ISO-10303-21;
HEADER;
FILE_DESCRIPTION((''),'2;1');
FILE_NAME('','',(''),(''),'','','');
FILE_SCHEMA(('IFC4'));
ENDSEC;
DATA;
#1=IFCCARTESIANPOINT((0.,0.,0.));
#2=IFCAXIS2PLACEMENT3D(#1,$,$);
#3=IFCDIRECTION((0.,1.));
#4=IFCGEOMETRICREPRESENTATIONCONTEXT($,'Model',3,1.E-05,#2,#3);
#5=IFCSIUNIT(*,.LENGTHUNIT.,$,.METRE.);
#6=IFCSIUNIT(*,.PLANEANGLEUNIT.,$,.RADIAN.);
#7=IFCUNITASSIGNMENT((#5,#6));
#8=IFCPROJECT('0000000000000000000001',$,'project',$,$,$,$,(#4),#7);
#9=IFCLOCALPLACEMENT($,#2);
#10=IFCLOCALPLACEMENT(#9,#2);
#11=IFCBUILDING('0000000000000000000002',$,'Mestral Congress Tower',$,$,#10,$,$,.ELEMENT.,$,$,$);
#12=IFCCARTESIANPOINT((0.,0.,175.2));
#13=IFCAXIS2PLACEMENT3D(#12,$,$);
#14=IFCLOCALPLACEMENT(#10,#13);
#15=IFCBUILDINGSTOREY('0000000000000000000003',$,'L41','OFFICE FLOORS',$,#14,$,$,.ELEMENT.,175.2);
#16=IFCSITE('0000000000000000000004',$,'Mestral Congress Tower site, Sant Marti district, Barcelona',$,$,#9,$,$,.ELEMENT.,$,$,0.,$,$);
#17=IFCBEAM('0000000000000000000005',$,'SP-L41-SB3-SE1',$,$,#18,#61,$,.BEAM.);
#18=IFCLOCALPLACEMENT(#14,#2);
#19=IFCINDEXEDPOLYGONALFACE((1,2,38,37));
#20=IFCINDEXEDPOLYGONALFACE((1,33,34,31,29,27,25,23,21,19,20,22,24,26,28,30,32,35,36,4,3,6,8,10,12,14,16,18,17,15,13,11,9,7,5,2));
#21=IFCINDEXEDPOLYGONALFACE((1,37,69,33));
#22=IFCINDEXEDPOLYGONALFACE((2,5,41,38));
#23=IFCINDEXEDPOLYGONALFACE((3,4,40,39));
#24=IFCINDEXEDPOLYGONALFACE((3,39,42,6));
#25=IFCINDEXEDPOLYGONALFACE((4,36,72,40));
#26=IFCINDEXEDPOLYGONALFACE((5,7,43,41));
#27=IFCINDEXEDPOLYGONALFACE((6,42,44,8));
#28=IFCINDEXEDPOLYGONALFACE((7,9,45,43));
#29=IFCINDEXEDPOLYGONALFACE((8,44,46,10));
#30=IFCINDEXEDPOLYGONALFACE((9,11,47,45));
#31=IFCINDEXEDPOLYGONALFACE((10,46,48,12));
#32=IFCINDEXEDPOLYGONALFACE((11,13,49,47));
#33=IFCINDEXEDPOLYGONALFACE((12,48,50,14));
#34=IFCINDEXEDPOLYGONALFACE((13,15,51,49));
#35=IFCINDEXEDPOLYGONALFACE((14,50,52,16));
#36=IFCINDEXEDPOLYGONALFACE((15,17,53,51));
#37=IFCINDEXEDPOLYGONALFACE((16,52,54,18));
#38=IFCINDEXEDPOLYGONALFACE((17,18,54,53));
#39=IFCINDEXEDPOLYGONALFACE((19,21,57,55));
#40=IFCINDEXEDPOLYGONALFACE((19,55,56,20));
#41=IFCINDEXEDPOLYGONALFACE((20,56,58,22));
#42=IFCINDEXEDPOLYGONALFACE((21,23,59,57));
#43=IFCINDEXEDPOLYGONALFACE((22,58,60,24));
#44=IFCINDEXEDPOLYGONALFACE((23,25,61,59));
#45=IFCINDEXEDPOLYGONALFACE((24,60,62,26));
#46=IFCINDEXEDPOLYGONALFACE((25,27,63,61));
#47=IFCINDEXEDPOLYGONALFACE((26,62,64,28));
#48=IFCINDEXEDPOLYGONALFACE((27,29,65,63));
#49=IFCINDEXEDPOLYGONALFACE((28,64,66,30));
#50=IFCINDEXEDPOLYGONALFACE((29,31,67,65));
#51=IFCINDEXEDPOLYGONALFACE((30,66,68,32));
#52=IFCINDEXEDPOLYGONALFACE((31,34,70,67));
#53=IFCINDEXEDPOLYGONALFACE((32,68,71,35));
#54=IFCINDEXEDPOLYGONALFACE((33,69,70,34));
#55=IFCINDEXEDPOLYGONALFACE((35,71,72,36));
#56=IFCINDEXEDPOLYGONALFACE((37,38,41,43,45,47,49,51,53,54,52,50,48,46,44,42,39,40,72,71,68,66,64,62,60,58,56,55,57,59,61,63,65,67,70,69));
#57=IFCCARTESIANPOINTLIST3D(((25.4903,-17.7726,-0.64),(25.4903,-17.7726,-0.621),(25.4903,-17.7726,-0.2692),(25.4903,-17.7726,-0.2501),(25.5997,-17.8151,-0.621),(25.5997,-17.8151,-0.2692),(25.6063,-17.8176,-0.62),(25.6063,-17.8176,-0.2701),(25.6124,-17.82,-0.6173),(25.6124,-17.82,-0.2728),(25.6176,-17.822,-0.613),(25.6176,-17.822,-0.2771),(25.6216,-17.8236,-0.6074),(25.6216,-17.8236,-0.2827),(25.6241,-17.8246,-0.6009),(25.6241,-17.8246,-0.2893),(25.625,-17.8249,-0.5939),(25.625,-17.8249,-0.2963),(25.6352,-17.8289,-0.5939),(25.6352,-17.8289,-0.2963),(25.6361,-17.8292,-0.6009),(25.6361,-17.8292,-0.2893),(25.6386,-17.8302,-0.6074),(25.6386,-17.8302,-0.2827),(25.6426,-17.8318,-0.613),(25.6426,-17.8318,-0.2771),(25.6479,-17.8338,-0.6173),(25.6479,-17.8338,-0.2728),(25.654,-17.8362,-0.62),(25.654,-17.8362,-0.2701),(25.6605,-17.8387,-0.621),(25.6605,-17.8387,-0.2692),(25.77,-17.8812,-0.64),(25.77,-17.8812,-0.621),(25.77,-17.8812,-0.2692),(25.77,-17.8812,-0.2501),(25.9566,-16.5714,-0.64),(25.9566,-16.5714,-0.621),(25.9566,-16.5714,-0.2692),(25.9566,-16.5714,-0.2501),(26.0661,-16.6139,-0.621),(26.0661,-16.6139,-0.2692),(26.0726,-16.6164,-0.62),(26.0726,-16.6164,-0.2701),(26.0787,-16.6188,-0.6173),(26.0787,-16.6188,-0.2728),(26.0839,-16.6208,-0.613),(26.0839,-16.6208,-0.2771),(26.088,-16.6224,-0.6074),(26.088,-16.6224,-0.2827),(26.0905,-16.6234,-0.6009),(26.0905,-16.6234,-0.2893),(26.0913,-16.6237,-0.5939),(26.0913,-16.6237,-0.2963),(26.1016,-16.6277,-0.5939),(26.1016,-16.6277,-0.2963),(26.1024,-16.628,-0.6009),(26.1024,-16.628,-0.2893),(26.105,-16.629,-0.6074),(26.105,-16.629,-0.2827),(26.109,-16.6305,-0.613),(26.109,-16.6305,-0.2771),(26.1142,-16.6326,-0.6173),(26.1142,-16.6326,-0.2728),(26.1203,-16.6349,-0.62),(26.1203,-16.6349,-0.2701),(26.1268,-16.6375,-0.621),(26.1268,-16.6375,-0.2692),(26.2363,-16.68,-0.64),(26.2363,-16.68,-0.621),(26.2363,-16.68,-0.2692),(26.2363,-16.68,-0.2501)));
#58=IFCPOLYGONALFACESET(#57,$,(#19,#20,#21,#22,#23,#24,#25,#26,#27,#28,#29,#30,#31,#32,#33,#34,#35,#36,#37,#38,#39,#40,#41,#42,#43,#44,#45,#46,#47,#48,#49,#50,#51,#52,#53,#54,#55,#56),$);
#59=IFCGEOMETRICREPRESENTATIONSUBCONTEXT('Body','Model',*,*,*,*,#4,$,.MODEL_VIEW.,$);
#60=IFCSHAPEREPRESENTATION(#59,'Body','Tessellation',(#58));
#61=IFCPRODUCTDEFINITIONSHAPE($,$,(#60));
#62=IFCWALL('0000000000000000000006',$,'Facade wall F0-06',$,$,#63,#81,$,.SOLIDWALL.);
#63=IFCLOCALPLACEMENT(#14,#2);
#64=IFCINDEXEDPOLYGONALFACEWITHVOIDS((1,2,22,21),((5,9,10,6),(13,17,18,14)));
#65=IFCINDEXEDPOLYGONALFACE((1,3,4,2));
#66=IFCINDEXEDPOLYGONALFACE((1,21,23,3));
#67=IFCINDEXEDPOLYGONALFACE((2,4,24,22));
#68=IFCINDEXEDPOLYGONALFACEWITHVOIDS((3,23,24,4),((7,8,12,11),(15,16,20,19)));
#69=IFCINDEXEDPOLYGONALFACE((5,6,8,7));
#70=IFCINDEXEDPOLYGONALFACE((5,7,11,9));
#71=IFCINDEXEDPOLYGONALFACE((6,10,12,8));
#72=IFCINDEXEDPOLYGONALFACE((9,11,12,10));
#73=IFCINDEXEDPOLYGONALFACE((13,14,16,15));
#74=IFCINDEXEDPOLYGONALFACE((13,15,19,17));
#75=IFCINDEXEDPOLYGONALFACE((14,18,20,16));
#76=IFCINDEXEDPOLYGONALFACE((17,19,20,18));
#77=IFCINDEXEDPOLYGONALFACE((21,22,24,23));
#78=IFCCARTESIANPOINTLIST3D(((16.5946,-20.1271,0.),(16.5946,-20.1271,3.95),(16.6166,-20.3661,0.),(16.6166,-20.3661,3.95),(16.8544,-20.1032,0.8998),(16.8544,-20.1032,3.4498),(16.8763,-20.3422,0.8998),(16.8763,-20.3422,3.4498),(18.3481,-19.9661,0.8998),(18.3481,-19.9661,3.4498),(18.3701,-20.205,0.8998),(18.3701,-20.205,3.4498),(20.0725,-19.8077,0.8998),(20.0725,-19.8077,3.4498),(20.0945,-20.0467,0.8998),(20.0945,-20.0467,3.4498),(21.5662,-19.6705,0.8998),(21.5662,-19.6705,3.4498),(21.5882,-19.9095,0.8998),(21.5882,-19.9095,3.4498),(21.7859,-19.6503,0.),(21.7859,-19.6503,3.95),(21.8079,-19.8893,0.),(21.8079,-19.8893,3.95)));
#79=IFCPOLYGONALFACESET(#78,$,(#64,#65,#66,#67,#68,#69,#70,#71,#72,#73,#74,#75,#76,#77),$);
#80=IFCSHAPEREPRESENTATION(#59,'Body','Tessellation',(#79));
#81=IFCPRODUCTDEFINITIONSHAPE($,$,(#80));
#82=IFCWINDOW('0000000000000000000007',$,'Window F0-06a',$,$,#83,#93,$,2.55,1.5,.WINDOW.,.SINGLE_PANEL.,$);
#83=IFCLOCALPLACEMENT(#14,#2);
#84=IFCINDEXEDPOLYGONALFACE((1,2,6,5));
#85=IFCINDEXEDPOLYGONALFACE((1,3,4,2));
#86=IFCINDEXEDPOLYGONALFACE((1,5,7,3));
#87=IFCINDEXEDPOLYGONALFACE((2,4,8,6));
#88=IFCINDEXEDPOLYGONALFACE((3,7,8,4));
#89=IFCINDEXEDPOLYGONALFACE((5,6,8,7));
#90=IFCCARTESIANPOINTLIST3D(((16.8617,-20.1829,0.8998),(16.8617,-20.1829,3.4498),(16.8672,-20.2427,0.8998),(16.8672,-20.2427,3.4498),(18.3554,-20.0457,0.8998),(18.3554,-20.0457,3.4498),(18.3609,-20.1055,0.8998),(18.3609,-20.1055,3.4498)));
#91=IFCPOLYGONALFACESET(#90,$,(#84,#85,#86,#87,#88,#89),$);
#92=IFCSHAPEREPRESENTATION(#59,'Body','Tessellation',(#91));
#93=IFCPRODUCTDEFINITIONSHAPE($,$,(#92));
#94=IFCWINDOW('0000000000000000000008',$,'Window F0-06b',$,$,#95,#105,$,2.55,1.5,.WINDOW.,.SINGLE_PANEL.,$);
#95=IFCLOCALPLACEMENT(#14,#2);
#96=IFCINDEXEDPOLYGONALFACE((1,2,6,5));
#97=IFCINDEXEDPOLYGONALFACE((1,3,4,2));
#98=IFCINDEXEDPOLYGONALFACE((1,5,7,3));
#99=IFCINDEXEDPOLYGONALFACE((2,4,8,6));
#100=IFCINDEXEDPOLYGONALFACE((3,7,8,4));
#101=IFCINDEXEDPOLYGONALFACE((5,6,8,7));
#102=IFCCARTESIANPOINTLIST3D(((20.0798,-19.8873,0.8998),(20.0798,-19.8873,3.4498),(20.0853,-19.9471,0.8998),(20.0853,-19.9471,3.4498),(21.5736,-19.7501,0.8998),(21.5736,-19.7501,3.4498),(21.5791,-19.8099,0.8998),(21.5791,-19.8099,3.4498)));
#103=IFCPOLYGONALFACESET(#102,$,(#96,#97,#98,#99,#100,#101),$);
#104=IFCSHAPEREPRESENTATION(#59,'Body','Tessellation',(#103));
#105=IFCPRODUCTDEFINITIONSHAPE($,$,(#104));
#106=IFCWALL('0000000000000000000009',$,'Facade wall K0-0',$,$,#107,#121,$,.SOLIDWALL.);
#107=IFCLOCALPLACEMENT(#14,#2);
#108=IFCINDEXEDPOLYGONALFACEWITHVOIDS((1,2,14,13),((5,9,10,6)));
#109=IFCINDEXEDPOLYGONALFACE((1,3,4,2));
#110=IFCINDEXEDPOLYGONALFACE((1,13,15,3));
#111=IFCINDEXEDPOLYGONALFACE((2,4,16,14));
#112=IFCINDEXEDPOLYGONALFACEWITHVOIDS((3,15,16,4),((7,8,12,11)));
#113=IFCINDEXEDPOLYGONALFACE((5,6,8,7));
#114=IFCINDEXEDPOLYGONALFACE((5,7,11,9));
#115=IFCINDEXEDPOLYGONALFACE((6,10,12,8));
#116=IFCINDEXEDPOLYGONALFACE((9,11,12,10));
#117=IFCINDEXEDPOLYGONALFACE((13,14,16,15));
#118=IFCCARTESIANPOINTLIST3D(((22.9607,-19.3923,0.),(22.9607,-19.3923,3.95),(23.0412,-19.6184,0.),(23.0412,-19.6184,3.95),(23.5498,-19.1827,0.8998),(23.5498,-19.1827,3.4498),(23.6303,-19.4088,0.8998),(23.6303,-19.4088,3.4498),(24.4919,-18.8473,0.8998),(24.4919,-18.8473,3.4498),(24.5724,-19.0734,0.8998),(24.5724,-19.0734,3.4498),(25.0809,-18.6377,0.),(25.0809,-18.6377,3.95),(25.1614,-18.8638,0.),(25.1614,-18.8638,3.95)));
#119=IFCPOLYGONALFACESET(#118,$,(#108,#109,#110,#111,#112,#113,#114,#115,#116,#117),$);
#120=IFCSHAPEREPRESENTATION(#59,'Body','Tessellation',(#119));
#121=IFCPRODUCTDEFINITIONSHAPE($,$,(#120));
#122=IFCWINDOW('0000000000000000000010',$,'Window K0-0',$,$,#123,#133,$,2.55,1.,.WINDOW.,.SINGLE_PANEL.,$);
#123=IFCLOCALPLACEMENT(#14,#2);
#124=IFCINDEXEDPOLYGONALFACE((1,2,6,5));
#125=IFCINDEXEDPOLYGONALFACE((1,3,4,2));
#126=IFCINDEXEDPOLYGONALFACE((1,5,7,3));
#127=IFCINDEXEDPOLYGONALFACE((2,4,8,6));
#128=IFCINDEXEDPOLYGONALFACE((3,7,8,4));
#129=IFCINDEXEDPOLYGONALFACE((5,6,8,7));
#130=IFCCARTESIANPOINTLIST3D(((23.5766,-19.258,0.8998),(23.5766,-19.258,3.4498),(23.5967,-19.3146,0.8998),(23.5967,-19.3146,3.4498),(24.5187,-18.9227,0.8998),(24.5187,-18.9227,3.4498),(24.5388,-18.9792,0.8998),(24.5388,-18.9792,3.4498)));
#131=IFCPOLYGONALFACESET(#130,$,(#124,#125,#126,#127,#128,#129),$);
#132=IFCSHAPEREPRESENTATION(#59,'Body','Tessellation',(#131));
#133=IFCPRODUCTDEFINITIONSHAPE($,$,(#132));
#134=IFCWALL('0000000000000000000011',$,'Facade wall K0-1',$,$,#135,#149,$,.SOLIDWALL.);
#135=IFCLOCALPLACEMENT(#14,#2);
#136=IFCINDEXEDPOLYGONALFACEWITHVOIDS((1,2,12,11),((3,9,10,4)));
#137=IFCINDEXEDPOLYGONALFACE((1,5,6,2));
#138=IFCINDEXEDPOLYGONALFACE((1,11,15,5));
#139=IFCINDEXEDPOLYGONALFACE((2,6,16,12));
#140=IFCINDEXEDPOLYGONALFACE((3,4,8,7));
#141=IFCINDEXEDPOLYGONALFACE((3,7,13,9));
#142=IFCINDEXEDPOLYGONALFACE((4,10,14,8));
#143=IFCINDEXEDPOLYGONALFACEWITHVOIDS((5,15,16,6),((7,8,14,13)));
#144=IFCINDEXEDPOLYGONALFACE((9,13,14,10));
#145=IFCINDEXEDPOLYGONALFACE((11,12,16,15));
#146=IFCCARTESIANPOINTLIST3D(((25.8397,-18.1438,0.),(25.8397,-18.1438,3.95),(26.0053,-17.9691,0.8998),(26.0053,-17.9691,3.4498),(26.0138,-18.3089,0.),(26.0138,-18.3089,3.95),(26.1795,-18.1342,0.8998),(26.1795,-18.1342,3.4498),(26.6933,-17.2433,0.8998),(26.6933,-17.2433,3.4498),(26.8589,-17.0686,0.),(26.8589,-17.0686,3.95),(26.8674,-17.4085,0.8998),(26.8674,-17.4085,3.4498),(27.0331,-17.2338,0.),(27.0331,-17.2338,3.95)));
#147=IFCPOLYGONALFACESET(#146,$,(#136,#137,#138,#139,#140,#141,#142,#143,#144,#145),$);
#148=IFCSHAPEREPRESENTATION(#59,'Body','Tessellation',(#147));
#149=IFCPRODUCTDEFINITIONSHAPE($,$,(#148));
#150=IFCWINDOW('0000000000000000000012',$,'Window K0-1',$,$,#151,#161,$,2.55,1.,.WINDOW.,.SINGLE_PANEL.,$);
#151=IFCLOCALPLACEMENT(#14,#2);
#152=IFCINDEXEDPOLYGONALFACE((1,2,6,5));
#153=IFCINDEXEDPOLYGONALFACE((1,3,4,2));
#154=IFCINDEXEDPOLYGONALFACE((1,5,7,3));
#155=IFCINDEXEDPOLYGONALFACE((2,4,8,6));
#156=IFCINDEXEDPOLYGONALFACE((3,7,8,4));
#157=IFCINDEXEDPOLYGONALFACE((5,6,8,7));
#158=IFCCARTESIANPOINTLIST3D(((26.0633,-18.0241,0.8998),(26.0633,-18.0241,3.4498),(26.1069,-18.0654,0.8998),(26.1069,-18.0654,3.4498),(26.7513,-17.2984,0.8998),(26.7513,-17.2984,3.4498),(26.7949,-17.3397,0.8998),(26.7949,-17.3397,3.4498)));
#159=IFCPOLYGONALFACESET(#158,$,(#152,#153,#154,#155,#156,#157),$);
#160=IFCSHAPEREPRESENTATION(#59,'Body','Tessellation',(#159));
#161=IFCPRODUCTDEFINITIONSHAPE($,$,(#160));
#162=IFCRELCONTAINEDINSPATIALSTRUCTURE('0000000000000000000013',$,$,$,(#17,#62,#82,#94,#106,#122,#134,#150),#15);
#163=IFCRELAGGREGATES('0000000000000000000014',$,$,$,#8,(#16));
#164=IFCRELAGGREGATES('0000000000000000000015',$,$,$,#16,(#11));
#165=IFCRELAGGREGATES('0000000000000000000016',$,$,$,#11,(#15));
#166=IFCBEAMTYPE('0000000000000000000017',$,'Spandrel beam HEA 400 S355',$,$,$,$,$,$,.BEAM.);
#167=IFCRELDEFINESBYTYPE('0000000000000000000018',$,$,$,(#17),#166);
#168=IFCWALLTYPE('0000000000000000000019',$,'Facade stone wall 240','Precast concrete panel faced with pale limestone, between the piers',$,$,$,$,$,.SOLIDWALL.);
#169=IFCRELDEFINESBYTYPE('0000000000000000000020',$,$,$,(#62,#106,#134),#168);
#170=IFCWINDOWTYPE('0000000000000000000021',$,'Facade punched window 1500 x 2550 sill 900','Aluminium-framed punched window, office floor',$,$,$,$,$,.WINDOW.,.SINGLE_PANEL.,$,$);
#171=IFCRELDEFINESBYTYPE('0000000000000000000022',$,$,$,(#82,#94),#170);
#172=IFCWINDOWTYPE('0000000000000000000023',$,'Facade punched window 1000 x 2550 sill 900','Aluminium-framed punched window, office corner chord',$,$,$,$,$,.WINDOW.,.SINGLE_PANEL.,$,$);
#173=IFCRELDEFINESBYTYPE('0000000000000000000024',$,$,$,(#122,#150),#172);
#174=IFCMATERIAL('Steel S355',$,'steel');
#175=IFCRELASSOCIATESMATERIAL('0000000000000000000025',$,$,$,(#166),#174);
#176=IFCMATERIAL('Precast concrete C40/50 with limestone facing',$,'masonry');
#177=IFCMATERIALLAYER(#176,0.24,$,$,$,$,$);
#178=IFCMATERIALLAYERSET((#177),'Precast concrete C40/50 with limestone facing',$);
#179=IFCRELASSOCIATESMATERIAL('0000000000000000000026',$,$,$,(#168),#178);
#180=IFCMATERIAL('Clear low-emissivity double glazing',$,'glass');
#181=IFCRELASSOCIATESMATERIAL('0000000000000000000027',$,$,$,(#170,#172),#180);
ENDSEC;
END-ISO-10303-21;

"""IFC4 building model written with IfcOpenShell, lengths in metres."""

from ifc_helpers import new_model, si_unit, direction, frame, frame_2d, origin, origin_2d, place, context, subcontext, project, spatial, rectangle, i_section, extrude, material, layer, layer_set, material_profile, profile_set, type_object, element, fill, save


model = new_model("IFC4")

# Units and contexts
model_context = context("Model", 3, precision=1e-05, world=origin(), true_north=direction((0.0, 1.0)))
body_context = subcontext(model_context, "Body", "Model", "MODEL_VIEW")
ifc_project = project(units=[si_unit("LENGTHUNIT", "METRE"), si_unit("PLANEANGLEUNIT", "RADIAN")], contexts=[model_context])

# Site, building, storey
site_placement = place(None, origin())
site = spatial("IfcSite", under=ifc_project, at=site_placement, Name="Mestral Congress Tower site, Sant Marti district, Barcelona", CompositionType="ELEMENT", RefElevation=0.0)
building_placement = place(site_placement, origin())
building = spatial("IfcBuilding", under=site, at=building_placement, Name="Mestral Congress Tower", CompositionType="ELEMENT")
storey_placement = place(building_placement, frame((0.0, 0.0, 175.2)))
storey = spatial("IfcBuildingStorey", under=building, at=storey_placement, Name="L41", Description="OFFICE FLOORS", CompositionType="ELEMENT", Elevation=175.2)

# Beam
ifc_material_1 = material(Name="Steel S355", Category="steel")
ifc_material_profile_1 = material_profile(ifc_material_1, i_section(OverallWidth=0.3, OverallDepth=0.3899, WebThickness=0.011, FlangeThickness=0.019, FilletRadius=0.0271, at=origin_2d()), Name="HEA 400")
ifc_profile_set_1 = profile_set([ifc_material_profile_1], Name="Steel S355")
beam_type_1 = type_object("IfcBeamType", Name="Spandrel beam HEA 400 S355", PredefinedType="BEAM", material=ifc_profile_set_1)
beam_1_placement = place(storey_placement, frame((25.6301, -17.8269, -0.4451), z_axis=(0.361898, 0.932218, 0.0), x_axis=(-0.932218, 0.361898, 0.0)))
element("IfcBeam", 1, at=beam_1_placement, inside=storey, type_object=beam_type_1, Name="SP-L41-SB3-SE1", PredefinedType="BEAM", context=body_context, shape_type="SweptSolid", body=[
    extrude(i_section(OverallWidth=0.3, OverallDepth=0.3899, WebThickness=0.011, FlangeThickness=0.019, FilletRadius=0.0271, at=origin_2d()), origin(), (0.0, 0.0, 1.0), 1.2886),
])

# Wall, openings, windows
ifc_material_2 = material(Name="Precast concrete C40/50 with limestone facing", Category="masonry")
ifc_layer_1 = layer(ifc_material_2, 0.24)
ifc_layer_set_1 = layer_set([ifc_layer_1], Name="Precast concrete C40/50 with limestone facing")
wall_type_1 = type_object("IfcWallType", Name="Facade stone wall 240", Description="Precast concrete panel faced with pale limestone, between the piers", PredefinedType="SOLIDWALL", material=ifc_layer_set_1)
wall_1_placement = place(storey_placement, frame((16.6057, -20.2466, 0.0), z_axis=(0.0, 0.0, 1.0), x_axis=(0.995809, 0.09146, 0.0)))
wall_1 = element("IfcWall", 2, at=wall_1_placement, inside=storey, type_object=wall_type_1, Name="Facade wall F0-06", PredefinedType="SOLIDWALL", context=body_context, shape_type="SweptSolid", body=[
    extrude(rectangle(XDim=5.2131, YDim=0.24, at=frame_2d((2.6064, 0.0))), origin(), (0.0, 0.0, 1.0), 3.95),
])
opening_1_placement = place(wall_1_placement, frame((0.2607, 0.0, 0.8999)))
opening_1 = element("IfcOpeningElement", 3, at=opening_1_placement, cuts=wall_1, PredefinedType="OPENING", context=body_context, shape_type="SweptSolid", body=[
    extrude(rectangle(XDim=1.5, YDim=2.55, at=frame_2d((0.75, 1.2749))), frame((0.0, 0.1299, 0.0), z_axis=(0.0, -1.0, 0.0), x_axis=(1.0, 0.0, 0.0)), (0.0, 0.0, 1.0), 0.26),
])
opening_2_placement = place(wall_1_placement, frame((3.4924, 0.0, 0.8999)))
opening_2 = element("IfcOpeningElement", 4, at=opening_2_placement, cuts=wall_1, PredefinedType="OPENING", context=body_context, shape_type="SweptSolid", body=[
    extrude(rectangle(XDim=1.5, YDim=2.55, at=frame_2d((0.75, 1.2749))), frame((0.0, 0.1299, 0.0), z_axis=(0.0, -1.0, 0.0), x_axis=(1.0, 0.0, 0.0)), (0.0, 0.0, 1.0), 0.26),
])
ifc_material_3 = material(Name="Clear low-emissivity double glazing", Category="glass")
window_type_1 = type_object("IfcWindowType", Name="Facade punched window 1500 x 2550 sill 900", Description="Aluminium-framed punched window, office floor", PartitioningType="SINGLE_PANEL", PredefinedType="WINDOW", material=ifc_material_3)
window_1_placement = place(opening_1_placement, origin())
window_1 = element("IfcWindow", 5, at=window_1_placement, inside=storey, type_object=window_type_1, Name="Window F0-06a", OverallHeight=2.55, OverallWidth=1.5, PartitioningType="SINGLE_PANEL", PredefinedType="WINDOW", context=body_context, shape_type="SweptSolid", body=[
    extrude(rectangle(XDim=1.5, YDim=2.55, at=frame_2d((0.75, 1.2749))), frame((0.0, 0.04, 0.0), z_axis=(0.0, -1.0, 0.0), x_axis=(1.0, 0.0, 0.0)), (0.0, 0.0, 1.0), 0.0601),
])
fill(opening_1, window_1)
window_2_placement = place(opening_2_placement, origin())
window_2 = element("IfcWindow", 6, at=window_2_placement, inside=storey, type_object=window_type_1, Name="Window F0-06b", OverallHeight=2.55, OverallWidth=1.5, PartitioningType="SINGLE_PANEL", PredefinedType="WINDOW", context=body_context, shape_type="SweptSolid", body=[
    extrude(rectangle(XDim=1.5, YDim=2.55, at=frame_2d((0.75, 1.2749))), frame((0.0, 0.04, 0.0), z_axis=(0.0, -1.0, 0.0), x_axis=(1.0, 0.0, 0.0)), (0.0, 0.0, 1.0), 0.0601),
])
fill(opening_2, window_2)

# Walls, openings, windows
wall_2_placement = place(storey_placement, frame((23.001, -19.5054, 0.0), z_axis=(0.0, 0.0, 1.0), x_axis=(0.9421, 0.335333, 0.0)))
wall_2 = element("IfcWall", 7, at=wall_2_placement, inside=storey, type_object=wall_type_1, Name="Facade wall K0-0", PredefinedType="SOLIDWALL", context=body_context, shape_type="SweptSolid", body=[
    extrude(rectangle(XDim=2.2505, YDim=0.24, at=frame_2d((1.1252, 0.0))), origin(), (0.0, 0.0, 1.0), 3.95),
])
opening_3_placement = place(wall_2_placement, frame((0.6252, 0.0, 0.8999)))
opening_3 = element("IfcOpeningElement", 8, at=opening_3_placement, cuts=wall_2, PredefinedType="OPENING", context=body_context, shape_type="SweptSolid", body=[
    extrude(rectangle(XDim=1.0, YDim=2.55, at=frame_2d((0.5, 1.2749))), frame((0.0, 0.1299, 0.0), z_axis=(0.0, -1.0, 0.0), x_axis=(1.0, 0.0, 0.0)), (0.0, 0.0, 1.0), 0.26),
])
window_type_2 = type_object("IfcWindowType", Name="Facade punched window 1000 x 2550 sill 900", Description="Aluminium-framed punched window, office corner chord", PartitioningType="SINGLE_PANEL", PredefinedType="WINDOW", material=ifc_material_3)
window_3_placement = place(opening_3_placement, origin())
window_3 = element("IfcWindow", 9, at=window_3_placement, inside=storey, type_object=window_type_2, Name="Window K0-0", OverallHeight=2.55, OverallWidth=1.0, PartitioningType="SINGLE_PANEL", PredefinedType="WINDOW", context=body_context, shape_type="SweptSolid", body=[
    extrude(rectangle(XDim=1.0, YDim=2.55, at=frame_2d((0.5, 1.2749))), frame((0.0, 0.04, 0.0), z_axis=(0.0, -1.0, 0.0), x_axis=(1.0, 0.0, 0.0)), (0.0, 0.0, 1.0), 0.0601),
])
fill(opening_3, window_3)
wall_3_placement = place(storey_placement, frame((25.9268, -18.2263, 0.0), z_axis=(0.0, 0.0, 1.0), x_axis=(0.687987, 0.725723, 0.0)))
wall_3 = element("IfcWall", 10, at=wall_3_placement, inside=storey, type_object=wall_type_1, Name="Facade wall K0-1", PredefinedType="SOLIDWALL", context=body_context, shape_type="SweptSolid", body=[
    extrude(rectangle(XDim=1.4814, YDim=0.24, at=frame_2d((0.7407, 0.0))), origin(), (0.0, 0.0, 1.0), 3.95),
])
opening_4_placement = place(wall_3_placement, frame((0.2407, 0.0, 0.8999)))
opening_4 = element("IfcOpeningElement", 11, at=opening_4_placement, cuts=wall_3, PredefinedType="OPENING", context=body_context, shape_type="SweptSolid", body=[
    extrude(rectangle(XDim=1.0, YDim=2.55, at=frame_2d((0.5, 1.2749))), frame((0.0, 0.1299, 0.0), z_axis=(0.0, -1.0, 0.0), x_axis=(1.0, 0.0, 0.0)), (0.0, 0.0, 1.0), 0.26),
])
window_4_placement = place(opening_4_placement, origin())
window_4 = element("IfcWindow", 12, at=window_4_placement, inside=storey, type_object=window_type_2, Name="Window K0-1", OverallHeight=2.55, OverallWidth=1.0, PartitioningType="SINGLE_PANEL", PredefinedType="WINDOW", context=body_context, shape_type="SweptSolid", body=[
    extrude(rectangle(XDim=1.0, YDim=2.55, at=frame_2d((0.5, 1.2749))), frame((0.0, 0.04, 0.0), z_axis=(0.0, -1.0, 0.0), x_axis=(1.0, 0.0, 0.0)), (0.0, 0.0, 1.0), 0.0601),
])
fill(opening_4, window_4)

save(model, "model.ifc")
